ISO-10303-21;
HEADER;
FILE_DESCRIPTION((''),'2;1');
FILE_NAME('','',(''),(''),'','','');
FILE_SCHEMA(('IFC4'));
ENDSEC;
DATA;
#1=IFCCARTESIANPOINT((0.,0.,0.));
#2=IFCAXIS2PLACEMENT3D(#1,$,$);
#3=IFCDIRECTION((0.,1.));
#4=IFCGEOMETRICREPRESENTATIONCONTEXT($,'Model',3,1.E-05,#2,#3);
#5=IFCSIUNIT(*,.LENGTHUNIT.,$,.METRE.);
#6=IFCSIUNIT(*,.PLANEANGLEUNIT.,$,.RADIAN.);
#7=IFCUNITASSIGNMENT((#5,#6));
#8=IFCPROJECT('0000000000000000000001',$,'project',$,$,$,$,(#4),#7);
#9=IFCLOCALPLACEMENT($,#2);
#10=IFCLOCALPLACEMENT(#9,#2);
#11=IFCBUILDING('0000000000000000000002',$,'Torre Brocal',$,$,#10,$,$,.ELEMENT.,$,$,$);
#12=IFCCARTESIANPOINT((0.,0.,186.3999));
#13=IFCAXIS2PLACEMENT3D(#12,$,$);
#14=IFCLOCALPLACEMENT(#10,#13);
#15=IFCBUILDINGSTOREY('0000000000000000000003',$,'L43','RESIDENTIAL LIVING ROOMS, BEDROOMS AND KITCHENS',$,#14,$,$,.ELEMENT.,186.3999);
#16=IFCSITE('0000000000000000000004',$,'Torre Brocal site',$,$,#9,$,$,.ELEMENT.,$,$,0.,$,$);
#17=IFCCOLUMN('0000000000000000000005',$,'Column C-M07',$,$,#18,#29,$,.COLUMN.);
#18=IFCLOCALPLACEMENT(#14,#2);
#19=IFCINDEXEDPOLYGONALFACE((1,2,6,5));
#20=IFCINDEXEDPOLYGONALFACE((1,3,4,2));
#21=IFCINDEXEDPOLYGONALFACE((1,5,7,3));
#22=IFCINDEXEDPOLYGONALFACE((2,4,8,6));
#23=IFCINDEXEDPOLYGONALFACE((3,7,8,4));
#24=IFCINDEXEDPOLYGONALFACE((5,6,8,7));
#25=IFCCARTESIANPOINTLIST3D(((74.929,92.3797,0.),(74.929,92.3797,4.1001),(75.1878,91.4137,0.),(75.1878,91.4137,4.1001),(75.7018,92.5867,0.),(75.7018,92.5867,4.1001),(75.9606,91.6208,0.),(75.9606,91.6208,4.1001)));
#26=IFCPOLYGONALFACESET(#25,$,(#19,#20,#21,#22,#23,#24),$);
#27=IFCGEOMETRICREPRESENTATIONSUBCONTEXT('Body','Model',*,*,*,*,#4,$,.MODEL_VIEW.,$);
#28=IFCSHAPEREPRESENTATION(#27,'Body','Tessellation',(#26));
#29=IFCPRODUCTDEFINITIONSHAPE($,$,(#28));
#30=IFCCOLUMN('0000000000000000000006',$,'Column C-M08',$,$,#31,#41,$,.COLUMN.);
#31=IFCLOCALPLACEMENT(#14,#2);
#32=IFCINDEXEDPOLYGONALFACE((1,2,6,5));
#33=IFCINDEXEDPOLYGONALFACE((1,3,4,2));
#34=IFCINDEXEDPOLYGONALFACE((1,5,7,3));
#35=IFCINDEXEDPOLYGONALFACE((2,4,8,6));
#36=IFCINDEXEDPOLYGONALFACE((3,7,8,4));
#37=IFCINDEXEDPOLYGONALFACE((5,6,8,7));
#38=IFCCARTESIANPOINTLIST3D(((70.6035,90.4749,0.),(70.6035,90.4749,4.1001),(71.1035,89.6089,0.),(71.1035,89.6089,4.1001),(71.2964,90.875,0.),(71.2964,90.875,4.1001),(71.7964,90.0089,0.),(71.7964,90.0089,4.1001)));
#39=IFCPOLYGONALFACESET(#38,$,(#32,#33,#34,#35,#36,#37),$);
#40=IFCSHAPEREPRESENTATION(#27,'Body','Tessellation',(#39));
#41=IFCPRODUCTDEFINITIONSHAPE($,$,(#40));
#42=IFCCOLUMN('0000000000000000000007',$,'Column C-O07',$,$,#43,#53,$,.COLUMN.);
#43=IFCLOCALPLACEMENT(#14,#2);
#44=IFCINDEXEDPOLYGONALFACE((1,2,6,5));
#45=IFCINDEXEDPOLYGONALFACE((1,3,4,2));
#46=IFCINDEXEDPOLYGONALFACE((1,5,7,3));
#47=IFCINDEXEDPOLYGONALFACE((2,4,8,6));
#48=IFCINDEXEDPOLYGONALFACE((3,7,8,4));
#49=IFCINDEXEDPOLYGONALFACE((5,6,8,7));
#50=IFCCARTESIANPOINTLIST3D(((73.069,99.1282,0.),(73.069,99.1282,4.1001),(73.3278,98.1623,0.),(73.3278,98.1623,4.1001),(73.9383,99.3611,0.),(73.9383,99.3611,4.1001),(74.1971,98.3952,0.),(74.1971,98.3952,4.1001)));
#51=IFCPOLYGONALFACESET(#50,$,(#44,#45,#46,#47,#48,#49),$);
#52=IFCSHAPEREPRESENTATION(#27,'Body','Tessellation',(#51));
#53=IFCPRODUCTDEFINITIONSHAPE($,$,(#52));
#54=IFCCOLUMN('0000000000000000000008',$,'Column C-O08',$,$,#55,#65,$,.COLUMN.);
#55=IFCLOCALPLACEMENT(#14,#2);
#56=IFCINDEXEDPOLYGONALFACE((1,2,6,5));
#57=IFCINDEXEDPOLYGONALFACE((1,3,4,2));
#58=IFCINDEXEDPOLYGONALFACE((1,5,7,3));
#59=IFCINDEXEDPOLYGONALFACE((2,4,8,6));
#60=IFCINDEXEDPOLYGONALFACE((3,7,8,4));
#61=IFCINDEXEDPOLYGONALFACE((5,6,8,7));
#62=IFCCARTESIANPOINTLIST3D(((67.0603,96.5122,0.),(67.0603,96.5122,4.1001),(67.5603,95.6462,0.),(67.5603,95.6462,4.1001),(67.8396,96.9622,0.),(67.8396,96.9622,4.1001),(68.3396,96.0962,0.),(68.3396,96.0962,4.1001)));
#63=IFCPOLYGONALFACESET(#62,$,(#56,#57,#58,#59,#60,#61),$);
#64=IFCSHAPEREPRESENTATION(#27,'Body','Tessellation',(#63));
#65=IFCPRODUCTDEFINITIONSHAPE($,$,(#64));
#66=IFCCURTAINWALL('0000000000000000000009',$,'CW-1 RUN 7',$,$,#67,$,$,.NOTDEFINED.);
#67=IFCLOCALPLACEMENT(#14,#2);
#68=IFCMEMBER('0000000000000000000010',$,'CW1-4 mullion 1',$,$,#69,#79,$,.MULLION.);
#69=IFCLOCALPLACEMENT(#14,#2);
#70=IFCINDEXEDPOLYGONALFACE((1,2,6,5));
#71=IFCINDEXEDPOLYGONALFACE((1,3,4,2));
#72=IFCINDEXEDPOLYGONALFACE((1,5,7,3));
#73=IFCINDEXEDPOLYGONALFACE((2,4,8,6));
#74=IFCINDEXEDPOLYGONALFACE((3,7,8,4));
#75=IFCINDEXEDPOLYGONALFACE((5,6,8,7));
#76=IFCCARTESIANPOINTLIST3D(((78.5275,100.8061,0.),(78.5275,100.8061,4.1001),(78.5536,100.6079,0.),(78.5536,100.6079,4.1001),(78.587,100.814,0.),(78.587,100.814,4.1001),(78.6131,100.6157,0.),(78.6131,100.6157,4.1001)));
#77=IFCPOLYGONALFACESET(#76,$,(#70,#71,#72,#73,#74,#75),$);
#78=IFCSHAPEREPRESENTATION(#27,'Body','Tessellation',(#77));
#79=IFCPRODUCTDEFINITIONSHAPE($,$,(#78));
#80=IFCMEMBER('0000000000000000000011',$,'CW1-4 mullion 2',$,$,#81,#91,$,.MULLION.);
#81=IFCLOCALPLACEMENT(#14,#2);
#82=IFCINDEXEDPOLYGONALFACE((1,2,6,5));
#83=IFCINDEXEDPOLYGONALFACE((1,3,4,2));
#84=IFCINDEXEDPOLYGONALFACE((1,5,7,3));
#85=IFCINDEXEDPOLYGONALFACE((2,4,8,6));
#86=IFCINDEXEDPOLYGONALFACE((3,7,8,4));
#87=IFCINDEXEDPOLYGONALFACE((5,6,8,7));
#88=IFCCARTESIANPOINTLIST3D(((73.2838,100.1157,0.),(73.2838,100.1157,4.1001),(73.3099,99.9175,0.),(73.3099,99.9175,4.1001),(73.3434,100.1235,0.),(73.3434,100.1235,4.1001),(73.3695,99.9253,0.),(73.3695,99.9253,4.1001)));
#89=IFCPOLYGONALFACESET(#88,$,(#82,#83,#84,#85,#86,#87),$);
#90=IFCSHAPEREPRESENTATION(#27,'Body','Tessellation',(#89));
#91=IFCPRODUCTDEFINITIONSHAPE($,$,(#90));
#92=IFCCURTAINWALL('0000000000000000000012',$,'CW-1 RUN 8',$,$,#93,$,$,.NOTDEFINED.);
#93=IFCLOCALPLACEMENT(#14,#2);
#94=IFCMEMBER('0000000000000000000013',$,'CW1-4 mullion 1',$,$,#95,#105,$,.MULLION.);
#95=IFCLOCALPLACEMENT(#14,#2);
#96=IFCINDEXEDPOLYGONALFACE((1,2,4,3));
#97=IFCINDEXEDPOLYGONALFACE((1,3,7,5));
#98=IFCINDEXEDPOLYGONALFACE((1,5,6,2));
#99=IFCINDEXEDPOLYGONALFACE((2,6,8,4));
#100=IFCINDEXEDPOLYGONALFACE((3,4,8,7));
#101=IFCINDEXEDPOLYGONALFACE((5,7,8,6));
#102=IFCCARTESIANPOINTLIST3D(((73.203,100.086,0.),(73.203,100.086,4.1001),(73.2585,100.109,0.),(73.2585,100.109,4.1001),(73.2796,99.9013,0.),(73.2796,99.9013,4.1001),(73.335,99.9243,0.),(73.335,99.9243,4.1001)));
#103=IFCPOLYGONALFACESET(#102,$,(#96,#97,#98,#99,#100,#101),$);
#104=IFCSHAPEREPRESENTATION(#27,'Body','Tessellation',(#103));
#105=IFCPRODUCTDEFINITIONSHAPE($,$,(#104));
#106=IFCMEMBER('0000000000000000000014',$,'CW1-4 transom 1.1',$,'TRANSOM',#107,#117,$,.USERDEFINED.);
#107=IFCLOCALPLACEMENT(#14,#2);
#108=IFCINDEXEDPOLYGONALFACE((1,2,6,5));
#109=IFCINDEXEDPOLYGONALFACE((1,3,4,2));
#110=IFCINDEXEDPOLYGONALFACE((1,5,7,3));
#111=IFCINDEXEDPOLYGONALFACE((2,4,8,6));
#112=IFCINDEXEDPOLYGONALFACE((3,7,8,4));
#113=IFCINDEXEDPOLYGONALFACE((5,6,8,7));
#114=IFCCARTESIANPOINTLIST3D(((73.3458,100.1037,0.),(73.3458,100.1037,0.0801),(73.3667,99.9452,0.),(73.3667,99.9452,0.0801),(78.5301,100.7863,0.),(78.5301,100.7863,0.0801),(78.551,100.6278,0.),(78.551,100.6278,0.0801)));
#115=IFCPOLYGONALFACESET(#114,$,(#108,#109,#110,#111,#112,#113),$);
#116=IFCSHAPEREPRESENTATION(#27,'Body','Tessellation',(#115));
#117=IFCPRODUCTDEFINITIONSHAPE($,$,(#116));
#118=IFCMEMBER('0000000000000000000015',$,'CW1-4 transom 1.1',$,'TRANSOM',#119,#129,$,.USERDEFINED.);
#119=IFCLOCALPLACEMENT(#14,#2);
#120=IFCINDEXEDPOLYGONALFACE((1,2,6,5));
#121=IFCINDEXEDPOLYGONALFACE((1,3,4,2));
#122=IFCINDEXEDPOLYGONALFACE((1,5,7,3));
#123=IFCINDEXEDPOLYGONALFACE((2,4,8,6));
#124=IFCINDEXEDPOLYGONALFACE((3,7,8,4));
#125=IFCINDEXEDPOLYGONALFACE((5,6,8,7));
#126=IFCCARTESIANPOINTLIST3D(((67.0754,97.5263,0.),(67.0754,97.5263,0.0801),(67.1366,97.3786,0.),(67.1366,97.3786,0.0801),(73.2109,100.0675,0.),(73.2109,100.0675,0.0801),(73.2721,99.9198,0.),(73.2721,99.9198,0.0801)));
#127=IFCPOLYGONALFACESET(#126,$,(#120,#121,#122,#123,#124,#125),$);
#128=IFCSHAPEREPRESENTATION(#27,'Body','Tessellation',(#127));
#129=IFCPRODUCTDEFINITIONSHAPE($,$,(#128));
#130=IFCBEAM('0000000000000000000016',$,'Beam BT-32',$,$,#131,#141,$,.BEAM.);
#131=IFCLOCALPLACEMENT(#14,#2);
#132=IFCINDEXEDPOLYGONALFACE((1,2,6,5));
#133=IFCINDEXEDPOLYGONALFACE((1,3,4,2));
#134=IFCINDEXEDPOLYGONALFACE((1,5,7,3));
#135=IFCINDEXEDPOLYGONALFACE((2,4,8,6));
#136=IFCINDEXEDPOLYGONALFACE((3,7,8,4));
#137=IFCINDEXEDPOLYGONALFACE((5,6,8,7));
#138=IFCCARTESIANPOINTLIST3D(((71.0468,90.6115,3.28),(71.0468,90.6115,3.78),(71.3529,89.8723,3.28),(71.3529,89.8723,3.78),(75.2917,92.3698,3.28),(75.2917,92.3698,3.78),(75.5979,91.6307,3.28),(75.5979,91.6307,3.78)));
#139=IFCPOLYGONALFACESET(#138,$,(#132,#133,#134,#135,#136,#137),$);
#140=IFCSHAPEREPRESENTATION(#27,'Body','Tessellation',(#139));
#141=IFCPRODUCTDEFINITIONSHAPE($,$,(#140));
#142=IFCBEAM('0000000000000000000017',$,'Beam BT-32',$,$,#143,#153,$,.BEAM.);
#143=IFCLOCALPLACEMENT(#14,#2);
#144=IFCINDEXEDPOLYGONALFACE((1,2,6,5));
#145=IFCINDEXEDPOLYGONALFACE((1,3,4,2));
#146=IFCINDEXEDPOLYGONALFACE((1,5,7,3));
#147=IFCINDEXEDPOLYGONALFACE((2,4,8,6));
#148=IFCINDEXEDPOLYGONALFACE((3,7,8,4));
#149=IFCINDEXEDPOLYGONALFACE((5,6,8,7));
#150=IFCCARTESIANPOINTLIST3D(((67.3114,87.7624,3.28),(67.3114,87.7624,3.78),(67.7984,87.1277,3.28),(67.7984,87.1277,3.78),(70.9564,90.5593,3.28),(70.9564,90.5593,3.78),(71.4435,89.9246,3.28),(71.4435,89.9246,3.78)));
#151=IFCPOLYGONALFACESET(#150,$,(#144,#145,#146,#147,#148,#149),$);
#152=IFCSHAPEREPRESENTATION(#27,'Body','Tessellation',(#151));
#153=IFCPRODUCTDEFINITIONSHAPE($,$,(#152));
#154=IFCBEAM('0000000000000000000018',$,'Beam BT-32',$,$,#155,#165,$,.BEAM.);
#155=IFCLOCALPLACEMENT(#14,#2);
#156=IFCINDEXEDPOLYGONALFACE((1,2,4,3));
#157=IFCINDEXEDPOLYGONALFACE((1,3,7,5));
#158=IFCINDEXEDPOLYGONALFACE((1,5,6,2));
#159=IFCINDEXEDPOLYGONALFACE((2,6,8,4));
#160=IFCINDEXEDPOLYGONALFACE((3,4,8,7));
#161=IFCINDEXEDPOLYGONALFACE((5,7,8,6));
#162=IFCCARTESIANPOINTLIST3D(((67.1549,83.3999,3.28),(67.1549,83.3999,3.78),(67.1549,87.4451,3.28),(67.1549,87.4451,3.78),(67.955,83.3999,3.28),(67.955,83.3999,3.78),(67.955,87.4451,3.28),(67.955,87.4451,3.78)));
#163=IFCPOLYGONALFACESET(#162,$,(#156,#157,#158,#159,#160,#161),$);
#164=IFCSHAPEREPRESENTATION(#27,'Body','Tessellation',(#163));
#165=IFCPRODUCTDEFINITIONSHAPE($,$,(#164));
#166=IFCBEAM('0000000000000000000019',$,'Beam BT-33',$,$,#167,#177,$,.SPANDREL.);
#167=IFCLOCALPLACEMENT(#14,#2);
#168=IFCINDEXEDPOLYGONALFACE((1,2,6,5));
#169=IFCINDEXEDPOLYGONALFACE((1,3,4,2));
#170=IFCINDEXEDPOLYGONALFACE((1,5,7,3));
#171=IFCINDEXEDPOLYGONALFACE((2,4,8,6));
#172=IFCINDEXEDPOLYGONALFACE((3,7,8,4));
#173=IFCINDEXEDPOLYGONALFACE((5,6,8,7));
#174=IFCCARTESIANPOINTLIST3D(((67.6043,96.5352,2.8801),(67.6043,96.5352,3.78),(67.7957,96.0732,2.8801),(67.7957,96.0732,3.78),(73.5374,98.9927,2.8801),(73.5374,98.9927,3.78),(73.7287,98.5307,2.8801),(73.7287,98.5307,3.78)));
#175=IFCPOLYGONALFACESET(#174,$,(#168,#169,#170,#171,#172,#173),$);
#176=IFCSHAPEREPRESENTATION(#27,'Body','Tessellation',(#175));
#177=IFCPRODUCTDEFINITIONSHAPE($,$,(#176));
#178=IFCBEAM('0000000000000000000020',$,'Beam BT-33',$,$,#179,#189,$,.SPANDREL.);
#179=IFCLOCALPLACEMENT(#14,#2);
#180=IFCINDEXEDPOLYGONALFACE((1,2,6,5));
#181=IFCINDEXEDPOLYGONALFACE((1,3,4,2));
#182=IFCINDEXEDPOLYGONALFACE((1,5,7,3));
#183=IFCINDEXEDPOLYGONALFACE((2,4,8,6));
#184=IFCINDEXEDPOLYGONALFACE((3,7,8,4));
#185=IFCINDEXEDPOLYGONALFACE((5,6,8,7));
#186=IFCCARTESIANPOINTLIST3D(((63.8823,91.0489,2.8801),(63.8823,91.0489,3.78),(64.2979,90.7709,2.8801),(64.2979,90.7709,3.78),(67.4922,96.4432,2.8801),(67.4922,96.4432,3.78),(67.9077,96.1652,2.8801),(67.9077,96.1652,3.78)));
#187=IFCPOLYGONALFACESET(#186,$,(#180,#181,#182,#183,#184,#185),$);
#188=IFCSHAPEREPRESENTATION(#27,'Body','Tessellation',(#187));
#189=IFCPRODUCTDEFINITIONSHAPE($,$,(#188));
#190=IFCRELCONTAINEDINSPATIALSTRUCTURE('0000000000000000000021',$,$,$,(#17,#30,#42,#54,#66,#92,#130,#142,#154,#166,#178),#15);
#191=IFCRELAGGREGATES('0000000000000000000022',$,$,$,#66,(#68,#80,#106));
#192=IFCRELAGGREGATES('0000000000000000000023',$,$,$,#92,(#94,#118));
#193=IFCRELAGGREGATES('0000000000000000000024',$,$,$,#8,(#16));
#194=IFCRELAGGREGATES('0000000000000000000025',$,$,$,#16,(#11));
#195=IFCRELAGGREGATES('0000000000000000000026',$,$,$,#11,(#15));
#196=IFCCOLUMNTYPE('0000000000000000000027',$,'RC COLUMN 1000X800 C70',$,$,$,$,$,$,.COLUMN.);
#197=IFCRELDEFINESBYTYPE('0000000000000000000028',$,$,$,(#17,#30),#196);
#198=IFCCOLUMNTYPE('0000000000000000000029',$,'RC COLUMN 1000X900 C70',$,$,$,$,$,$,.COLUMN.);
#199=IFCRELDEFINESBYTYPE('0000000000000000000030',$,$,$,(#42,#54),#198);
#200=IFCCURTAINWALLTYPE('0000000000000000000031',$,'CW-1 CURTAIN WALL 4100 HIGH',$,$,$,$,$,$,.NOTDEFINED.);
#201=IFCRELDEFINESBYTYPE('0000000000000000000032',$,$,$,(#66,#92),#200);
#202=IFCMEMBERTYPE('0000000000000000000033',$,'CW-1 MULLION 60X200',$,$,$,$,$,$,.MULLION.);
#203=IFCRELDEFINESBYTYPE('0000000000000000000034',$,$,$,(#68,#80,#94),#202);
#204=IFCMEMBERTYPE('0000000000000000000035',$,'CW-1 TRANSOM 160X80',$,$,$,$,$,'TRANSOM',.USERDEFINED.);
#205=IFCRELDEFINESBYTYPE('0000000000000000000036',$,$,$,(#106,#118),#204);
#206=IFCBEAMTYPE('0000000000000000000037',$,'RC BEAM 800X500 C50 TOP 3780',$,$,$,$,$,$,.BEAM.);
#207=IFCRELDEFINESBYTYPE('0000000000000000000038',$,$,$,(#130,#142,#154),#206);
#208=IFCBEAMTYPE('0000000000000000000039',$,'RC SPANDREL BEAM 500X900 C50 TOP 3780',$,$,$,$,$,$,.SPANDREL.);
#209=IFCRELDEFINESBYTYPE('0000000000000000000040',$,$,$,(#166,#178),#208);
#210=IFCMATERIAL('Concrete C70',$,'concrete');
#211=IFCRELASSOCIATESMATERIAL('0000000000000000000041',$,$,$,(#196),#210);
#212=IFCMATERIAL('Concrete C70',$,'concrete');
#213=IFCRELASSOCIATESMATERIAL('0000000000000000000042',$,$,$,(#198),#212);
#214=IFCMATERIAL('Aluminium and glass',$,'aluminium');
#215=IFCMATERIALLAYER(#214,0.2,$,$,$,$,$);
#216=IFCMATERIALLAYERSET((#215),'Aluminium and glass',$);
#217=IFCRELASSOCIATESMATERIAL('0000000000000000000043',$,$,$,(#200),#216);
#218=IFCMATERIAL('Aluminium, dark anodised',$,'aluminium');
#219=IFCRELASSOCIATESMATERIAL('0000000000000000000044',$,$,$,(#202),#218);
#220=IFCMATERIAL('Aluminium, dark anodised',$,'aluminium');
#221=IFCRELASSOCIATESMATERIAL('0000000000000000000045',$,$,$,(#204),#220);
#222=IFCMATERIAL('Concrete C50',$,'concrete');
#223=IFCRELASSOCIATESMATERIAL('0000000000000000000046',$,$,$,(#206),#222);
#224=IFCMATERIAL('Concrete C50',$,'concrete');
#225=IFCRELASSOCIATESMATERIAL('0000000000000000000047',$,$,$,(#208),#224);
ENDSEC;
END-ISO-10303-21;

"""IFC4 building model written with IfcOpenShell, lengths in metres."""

from ifc_helpers import new_model, si_unit, direction, frame, origin, origin_2d, place, context, subcontext, project, spatial, rectangle, extrude, material, layer, layer_set, material_profile, profile_set, type_object, element, aggregate, save


model = new_model("IFC4")

# Units and contexts
model_context = context("Model", 3, precision=1e-05, world=origin(), true_north=direction((0.0, 1.0)))
body_context = subcontext(model_context, "Body", "Model", "MODEL_VIEW")
ifc_project = project(units=[si_unit("LENGTHUNIT", "METRE"), si_unit("PLANEANGLEUNIT", "RADIAN")], contexts=[model_context])

# Site, building, storey
site_placement = place(None, origin())
site = spatial("IfcSite", under=ifc_project, at=site_placement, Name="Torre Brocal site", CompositionType="ELEMENT", RefElevation=0.0)
building_placement = place(site_placement, origin())
building = spatial("IfcBuilding", under=site, at=building_placement, Name="Torre Brocal", CompositionType="ELEMENT")
storey_placement = place(building_placement, frame((0.0, 0.0, 186.3999)))
storey = spatial("IfcBuildingStorey", under=building, at=storey_placement, Name="L43", Description="RESIDENTIAL LIVING ROOMS, BEDROOMS AND KITCHENS", CompositionType="ELEMENT", Elevation=186.3999)

# Columns
ifc_material_1 = material(Name="Concrete C70", Category="concrete")
ifc_material_profile_1 = material_profile(ifc_material_1, rectangle(XDim=1.0, YDim=0.8, at=origin_2d()), Name="RC 1000X800")
ifc_profile_set_1 = profile_set([ifc_material_profile_1], Name="Concrete C70")
column_type_1 = type_object("IfcColumnType", Name="RC COLUMN 1000X800 C70", PredefinedType="COLUMN", material=ifc_profile_set_1)
for number, where, z_axis, x_axis, name in (
    (1, (75.4448, 92.0002, 0.0), (0.0, 0.0, 1.0), (-0.258819, 0.965926, 0.0), "Column C-M07"),
    (2, (71.2, 90.2419, 0.0), (0.0, 0.0, 1.0), (-0.5, 0.866025, 0.0), "Column C-M08"),
):
    element("IfcColumn", number, at=place(storey_placement, frame(where, z_axis=z_axis, x_axis=x_axis)), inside=storey, type_object=column_type_1, Name=name, PredefinedType="COLUMN", context=body_context, shape_type="SweptSolid", body=[
        extrude(rectangle(XDim=1.0, YDim=0.8, at=origin_2d()), origin(), (0.0, 0.0, 1.0), 4.1001),
    ])
ifc_material_2 = material(Name="Concrete C70", Category="concrete")
ifc_material_profile_2 = material_profile(ifc_material_2, rectangle(XDim=1.0, YDim=0.8999, at=origin_2d()), Name="RC 1000X900")
ifc_profile_set_2 = profile_set([ifc_material_profile_2], Name="Concrete C70")
column_type_2 = type_object("IfcColumnType", Name="RC COLUMN 1000X900 C70", PredefinedType="COLUMN", material=ifc_profile_set_2)
for number, where, z_axis, x_axis, name in (
    (3, (73.6331, 98.7617, 0.0), (0.0, 0.0, 1.0), (-0.258819, 0.965926, 0.0), "Column C-O07"),
    (4, (67.7, 96.3042, 0.0), (0.0, 0.0, 1.0), (-0.5, 0.866025, 0.0), "Column C-O08"),
):
    element("IfcColumn", number, at=place(storey_placement, frame(where, z_axis=z_axis, x_axis=x_axis)), inside=storey, type_object=column_type_2, Name=name, PredefinedType="COLUMN", context=body_context, shape_type="SweptSolid", body=[
        extrude(rectangle(XDim=1.0, YDim=0.8999, at=origin_2d()), origin(), (0.0, 0.0, 1.0), 4.1001),
    ])

# Curtain wall, members
ifc_material_3 = material(Name="Aluminium and glass", Category="aluminium")
ifc_layer_1 = layer(ifc_material_3, 0.2)
ifc_layer_set_1 = layer_set([ifc_layer_1], Name="Aluminium and glass")
curtain_wall_type = type_object("IfcCurtainWallType", Name="CW-1 CURTAIN WALL 4100 HIGH", PredefinedType="NOTDEFINED", material=ifc_layer_set_1)
curtain_wall_1_placement = place(storey_placement, origin())
curtain_wall_1 = element("IfcCurtainWall", 5, at=curtain_wall_1_placement, inside=storey, type_object=curtain_wall_type, Name="CW-1 RUN 7", PredefinedType="NOTDEFINED")
ifc_material_4 = material(Name="Aluminium, dark anodised", Category="aluminium")
ifc_material_profile_3 = material_profile(ifc_material_4, rectangle(XDim=0.2, YDim=0.0601, at=origin_2d()), Name="CW-1 MULLION 60X200")
ifc_profile_set_3 = profile_set([ifc_material_profile_3], Name="Aluminium, dark anodised")
member_type_1 = type_object("IfcMemberType", Name="CW-1 MULLION 60X200", PredefinedType="MULLION", material=ifc_profile_set_3)
member_1_placement = place(storey_placement, frame((78.5703, 100.7109, 0.0), z_axis=(0.0, 0.0, 1.0), x_axis=(0.130526, -0.991445, 0.0)))
member_1 = element("IfcMember", 6, at=member_1_placement, type_object=member_type_1, Name="CW1-4 mullion 1", PredefinedType="MULLION", context=body_context, shape_type="SweptSolid", body=[
    extrude(rectangle(XDim=0.2, YDim=0.0601, at=origin_2d()), origin(), (0.0, 0.0, 1.0), 4.1001),
])
member_2_placement = place(storey_placement, frame((73.3267, 100.0205, 0.0), z_axis=(0.0, 0.0, 1.0), x_axis=(0.130526, -0.991445, 0.0)))
member_2 = element("IfcMember", 7, at=member_2_placement, type_object=member_type_1, Name="CW1-4 mullion 2", PredefinedType="MULLION", context=body_context, shape_type="SweptSolid", body=[
    extrude(rectangle(XDim=0.2, YDim=0.0601, at=origin_2d()), origin(), (0.0, 0.0, 1.0), 4.1001),
])

# Curtain wall, member
curtain_wall_2_placement = place(storey_placement, origin())
curtain_wall_2 = element("IfcCurtainWall", 8, at=curtain_wall_2_placement, inside=storey, type_object=curtain_wall_type, Name="CW-1 RUN 8", PredefinedType="NOTDEFINED")
member_3_placement = place(storey_placement, frame((73.269, 100.0051, 0.0), z_axis=(0.0, 0.0, 1.0), x_axis=(0.382683, -0.92388, 0.0)))
member_3 = element("IfcMember", 9, at=member_3_placement, type_object=member_type_1, Name="CW1-4 mullion 1", PredefinedType="MULLION", context=body_context, shape_type="SweptSolid", body=[
    extrude(rectangle(XDim=0.2, YDim=0.0601, at=origin_2d()), origin(), (0.0, 0.0, 1.0), 4.1001),
])

# Members
ifc_material_5 = material(Name="Aluminium, dark anodised", Category="aluminium")
ifc_material_profile_4 = material_profile(ifc_material_5, rectangle(XDim=0.1599, YDim=0.0801, at=origin_2d()), Name="CW-1 TRANSOM 160X80")
ifc_profile_set_4 = profile_set([ifc_material_profile_4], Name="Aluminium, dark anodised")
member_type_2 = type_object("IfcMemberType", Name="CW-1 TRANSOM 160X80", ElementType="TRANSOM", PredefinedType="USERDEFINED", material=ifc_profile_set_4)
member_4_placement = place(storey_placement, frame((78.5405, 100.707, 0.04), z_axis=(-0.991443, -0.130543, 0.0), x_axis=(0.130543, -0.991443, 0.0)))
member_4 = element("IfcMember", 10, at=member_4_placement, type_object=member_type_2, Name="CW1-4 transom 1.1", ObjectType="TRANSOM", PredefinedType="USERDEFINED", context=body_context, shape_type="SweptSolid", body=[
    extrude(rectangle(XDim=0.1599, YDim=0.0801, at=origin_2d()), origin(), (0.0, 0.0, 1.0), 5.229),
])
member_5_placement = place(storey_placement, frame((73.2415, 99.9937, 0.04), z_axis=(-0.923887, -0.382665, 0.0), x_axis=(0.382665, -0.923887, 0.0)))
member_5 = element("IfcMember", 11, at=member_5_placement, type_object=member_type_2, Name="CW1-4 transom 1.1", ObjectType="TRANSOM", PredefinedType="USERDEFINED", context=body_context, shape_type="SweptSolid", body=[
    extrude(rectangle(XDim=0.1599, YDim=0.0801, at=origin_2d()), origin(), (0.0, 0.0, 1.0), 6.6409),
])

# Beams
ifc_material_6 = material(Name="Concrete C50", Category="concrete")
ifc_material_profile_5 = material_profile(ifc_material_6, rectangle(XDim=0.8, YDim=0.5, at=origin_2d()), Name="RC 800X500")
ifc_profile_set_5 = profile_set([ifc_material_profile_5], Name="Concrete C50")
beam_type_1 = type_object("IfcBeamType", Name="RC BEAM 800X500 C50 TOP 3780", PredefinedType="BEAM", material=ifc_profile_set_5)
beam_1_placement = place(storey_placement, frame((75.4448, 92.0002, 3.53), z_axis=(-0.923878, -0.382687, 0.0), x_axis=(0.382687, -0.923878, 0.0)))
element("IfcBeam", 12, at=beam_1_placement, inside=storey, type_object=beam_type_1, Name="Beam BT-32", PredefinedType="BEAM", context=body_context, shape_type="SweptSolid", body=[
    extrude(rectangle(XDim=0.8, YDim=0.5, at=origin_2d()), origin(), (0.0, 0.0, 1.0), 4.5947),
])
beam_2_placement = place(storey_placement, frame((71.2, 90.2419, 3.53), z_axis=(-0.793358, -0.608755, 0.0), x_axis=(0.608755, -0.793358, 0.0)))
element("IfcBeam", 13, at=beam_2_placement, inside=storey, type_object=beam_type_1, Name="Beam BT-32", PredefinedType="BEAM", context=body_context, shape_type="SweptSolid", body=[
    extrude(rectangle(XDim=0.8, YDim=0.5, at=origin_2d()), origin(), (0.0, 0.0, 1.0), 4.5945),
])
beam_3_placement = place(storey_placement, frame((67.5549, 87.4451, 3.53), z_axis=(0.0, -1.0, 0.0), x_axis=(1.0, 0.0, 0.0)))
element("IfcBeam", 14, at=beam_3_placement, inside=storey, type_object=beam_type_1, Name="Beam BT-32", PredefinedType="BEAM", context=body_context, shape_type="SweptSolid", body=[
    extrude(rectangle(XDim=0.8, YDim=0.5, at=origin_2d()), origin(), (0.0, 0.0, 1.0), 4.0452),
])
ifc_material_7 = material(Name="Concrete C50", Category="concrete")
ifc_material_profile_6 = material_profile(ifc_material_7, rectangle(XDim=0.5, YDim=0.8999, at=origin_2d()), Name="RC 500X900")
ifc_profile_set_6 = profile_set([ifc_material_profile_6], Name="Concrete C50")
beam_type_2 = type_object("IfcBeamType", Name="RC SPANDREL BEAM 500X900 C50 TOP 3780", PredefinedType="SPANDREL", material=ifc_profile_set_6)
beam_4_placement = place(storey_placement, frame((73.6331, 98.7617, 3.3301), z_axis=(-0.923882, -0.382676, 0.0), x_axis=(0.382676, -0.923882, 0.0)))
element("IfcBeam", 15, at=beam_4_placement, inside=storey, type_object=beam_type_2, Name="Beam BT-33", PredefinedType="SPANDREL", context=body_context, shape_type="SweptSolid", body=[
    extrude(rectangle(XDim=0.5, YDim=0.8999, at=origin_2d()), origin(), (0.0, 0.0, 1.0), 6.4219),
])
beam_5_placement = place(storey_placement, frame((67.7, 96.3042, 3.3301), z_axis=(-0.556158, -0.831077, 0.0), x_axis=(0.831077, -0.556158, 0.0)))
element("IfcBeam", 16, at=beam_5_placement, inside=storey, type_object=beam_type_2, Name="Beam BT-33", PredefinedType="SPANDREL", context=body_context, shape_type="SweptSolid", body=[
    extrude(rectangle(XDim=0.5, YDim=0.8999, at=origin_2d()), origin(), (0.0, 0.0, 1.0), 6.4907),
])

aggregate(curtain_wall_1, [member_1, member_2, member_4])
aggregate(curtain_wall_2, [member_3, member_5])

save(model, "model.ifc")
